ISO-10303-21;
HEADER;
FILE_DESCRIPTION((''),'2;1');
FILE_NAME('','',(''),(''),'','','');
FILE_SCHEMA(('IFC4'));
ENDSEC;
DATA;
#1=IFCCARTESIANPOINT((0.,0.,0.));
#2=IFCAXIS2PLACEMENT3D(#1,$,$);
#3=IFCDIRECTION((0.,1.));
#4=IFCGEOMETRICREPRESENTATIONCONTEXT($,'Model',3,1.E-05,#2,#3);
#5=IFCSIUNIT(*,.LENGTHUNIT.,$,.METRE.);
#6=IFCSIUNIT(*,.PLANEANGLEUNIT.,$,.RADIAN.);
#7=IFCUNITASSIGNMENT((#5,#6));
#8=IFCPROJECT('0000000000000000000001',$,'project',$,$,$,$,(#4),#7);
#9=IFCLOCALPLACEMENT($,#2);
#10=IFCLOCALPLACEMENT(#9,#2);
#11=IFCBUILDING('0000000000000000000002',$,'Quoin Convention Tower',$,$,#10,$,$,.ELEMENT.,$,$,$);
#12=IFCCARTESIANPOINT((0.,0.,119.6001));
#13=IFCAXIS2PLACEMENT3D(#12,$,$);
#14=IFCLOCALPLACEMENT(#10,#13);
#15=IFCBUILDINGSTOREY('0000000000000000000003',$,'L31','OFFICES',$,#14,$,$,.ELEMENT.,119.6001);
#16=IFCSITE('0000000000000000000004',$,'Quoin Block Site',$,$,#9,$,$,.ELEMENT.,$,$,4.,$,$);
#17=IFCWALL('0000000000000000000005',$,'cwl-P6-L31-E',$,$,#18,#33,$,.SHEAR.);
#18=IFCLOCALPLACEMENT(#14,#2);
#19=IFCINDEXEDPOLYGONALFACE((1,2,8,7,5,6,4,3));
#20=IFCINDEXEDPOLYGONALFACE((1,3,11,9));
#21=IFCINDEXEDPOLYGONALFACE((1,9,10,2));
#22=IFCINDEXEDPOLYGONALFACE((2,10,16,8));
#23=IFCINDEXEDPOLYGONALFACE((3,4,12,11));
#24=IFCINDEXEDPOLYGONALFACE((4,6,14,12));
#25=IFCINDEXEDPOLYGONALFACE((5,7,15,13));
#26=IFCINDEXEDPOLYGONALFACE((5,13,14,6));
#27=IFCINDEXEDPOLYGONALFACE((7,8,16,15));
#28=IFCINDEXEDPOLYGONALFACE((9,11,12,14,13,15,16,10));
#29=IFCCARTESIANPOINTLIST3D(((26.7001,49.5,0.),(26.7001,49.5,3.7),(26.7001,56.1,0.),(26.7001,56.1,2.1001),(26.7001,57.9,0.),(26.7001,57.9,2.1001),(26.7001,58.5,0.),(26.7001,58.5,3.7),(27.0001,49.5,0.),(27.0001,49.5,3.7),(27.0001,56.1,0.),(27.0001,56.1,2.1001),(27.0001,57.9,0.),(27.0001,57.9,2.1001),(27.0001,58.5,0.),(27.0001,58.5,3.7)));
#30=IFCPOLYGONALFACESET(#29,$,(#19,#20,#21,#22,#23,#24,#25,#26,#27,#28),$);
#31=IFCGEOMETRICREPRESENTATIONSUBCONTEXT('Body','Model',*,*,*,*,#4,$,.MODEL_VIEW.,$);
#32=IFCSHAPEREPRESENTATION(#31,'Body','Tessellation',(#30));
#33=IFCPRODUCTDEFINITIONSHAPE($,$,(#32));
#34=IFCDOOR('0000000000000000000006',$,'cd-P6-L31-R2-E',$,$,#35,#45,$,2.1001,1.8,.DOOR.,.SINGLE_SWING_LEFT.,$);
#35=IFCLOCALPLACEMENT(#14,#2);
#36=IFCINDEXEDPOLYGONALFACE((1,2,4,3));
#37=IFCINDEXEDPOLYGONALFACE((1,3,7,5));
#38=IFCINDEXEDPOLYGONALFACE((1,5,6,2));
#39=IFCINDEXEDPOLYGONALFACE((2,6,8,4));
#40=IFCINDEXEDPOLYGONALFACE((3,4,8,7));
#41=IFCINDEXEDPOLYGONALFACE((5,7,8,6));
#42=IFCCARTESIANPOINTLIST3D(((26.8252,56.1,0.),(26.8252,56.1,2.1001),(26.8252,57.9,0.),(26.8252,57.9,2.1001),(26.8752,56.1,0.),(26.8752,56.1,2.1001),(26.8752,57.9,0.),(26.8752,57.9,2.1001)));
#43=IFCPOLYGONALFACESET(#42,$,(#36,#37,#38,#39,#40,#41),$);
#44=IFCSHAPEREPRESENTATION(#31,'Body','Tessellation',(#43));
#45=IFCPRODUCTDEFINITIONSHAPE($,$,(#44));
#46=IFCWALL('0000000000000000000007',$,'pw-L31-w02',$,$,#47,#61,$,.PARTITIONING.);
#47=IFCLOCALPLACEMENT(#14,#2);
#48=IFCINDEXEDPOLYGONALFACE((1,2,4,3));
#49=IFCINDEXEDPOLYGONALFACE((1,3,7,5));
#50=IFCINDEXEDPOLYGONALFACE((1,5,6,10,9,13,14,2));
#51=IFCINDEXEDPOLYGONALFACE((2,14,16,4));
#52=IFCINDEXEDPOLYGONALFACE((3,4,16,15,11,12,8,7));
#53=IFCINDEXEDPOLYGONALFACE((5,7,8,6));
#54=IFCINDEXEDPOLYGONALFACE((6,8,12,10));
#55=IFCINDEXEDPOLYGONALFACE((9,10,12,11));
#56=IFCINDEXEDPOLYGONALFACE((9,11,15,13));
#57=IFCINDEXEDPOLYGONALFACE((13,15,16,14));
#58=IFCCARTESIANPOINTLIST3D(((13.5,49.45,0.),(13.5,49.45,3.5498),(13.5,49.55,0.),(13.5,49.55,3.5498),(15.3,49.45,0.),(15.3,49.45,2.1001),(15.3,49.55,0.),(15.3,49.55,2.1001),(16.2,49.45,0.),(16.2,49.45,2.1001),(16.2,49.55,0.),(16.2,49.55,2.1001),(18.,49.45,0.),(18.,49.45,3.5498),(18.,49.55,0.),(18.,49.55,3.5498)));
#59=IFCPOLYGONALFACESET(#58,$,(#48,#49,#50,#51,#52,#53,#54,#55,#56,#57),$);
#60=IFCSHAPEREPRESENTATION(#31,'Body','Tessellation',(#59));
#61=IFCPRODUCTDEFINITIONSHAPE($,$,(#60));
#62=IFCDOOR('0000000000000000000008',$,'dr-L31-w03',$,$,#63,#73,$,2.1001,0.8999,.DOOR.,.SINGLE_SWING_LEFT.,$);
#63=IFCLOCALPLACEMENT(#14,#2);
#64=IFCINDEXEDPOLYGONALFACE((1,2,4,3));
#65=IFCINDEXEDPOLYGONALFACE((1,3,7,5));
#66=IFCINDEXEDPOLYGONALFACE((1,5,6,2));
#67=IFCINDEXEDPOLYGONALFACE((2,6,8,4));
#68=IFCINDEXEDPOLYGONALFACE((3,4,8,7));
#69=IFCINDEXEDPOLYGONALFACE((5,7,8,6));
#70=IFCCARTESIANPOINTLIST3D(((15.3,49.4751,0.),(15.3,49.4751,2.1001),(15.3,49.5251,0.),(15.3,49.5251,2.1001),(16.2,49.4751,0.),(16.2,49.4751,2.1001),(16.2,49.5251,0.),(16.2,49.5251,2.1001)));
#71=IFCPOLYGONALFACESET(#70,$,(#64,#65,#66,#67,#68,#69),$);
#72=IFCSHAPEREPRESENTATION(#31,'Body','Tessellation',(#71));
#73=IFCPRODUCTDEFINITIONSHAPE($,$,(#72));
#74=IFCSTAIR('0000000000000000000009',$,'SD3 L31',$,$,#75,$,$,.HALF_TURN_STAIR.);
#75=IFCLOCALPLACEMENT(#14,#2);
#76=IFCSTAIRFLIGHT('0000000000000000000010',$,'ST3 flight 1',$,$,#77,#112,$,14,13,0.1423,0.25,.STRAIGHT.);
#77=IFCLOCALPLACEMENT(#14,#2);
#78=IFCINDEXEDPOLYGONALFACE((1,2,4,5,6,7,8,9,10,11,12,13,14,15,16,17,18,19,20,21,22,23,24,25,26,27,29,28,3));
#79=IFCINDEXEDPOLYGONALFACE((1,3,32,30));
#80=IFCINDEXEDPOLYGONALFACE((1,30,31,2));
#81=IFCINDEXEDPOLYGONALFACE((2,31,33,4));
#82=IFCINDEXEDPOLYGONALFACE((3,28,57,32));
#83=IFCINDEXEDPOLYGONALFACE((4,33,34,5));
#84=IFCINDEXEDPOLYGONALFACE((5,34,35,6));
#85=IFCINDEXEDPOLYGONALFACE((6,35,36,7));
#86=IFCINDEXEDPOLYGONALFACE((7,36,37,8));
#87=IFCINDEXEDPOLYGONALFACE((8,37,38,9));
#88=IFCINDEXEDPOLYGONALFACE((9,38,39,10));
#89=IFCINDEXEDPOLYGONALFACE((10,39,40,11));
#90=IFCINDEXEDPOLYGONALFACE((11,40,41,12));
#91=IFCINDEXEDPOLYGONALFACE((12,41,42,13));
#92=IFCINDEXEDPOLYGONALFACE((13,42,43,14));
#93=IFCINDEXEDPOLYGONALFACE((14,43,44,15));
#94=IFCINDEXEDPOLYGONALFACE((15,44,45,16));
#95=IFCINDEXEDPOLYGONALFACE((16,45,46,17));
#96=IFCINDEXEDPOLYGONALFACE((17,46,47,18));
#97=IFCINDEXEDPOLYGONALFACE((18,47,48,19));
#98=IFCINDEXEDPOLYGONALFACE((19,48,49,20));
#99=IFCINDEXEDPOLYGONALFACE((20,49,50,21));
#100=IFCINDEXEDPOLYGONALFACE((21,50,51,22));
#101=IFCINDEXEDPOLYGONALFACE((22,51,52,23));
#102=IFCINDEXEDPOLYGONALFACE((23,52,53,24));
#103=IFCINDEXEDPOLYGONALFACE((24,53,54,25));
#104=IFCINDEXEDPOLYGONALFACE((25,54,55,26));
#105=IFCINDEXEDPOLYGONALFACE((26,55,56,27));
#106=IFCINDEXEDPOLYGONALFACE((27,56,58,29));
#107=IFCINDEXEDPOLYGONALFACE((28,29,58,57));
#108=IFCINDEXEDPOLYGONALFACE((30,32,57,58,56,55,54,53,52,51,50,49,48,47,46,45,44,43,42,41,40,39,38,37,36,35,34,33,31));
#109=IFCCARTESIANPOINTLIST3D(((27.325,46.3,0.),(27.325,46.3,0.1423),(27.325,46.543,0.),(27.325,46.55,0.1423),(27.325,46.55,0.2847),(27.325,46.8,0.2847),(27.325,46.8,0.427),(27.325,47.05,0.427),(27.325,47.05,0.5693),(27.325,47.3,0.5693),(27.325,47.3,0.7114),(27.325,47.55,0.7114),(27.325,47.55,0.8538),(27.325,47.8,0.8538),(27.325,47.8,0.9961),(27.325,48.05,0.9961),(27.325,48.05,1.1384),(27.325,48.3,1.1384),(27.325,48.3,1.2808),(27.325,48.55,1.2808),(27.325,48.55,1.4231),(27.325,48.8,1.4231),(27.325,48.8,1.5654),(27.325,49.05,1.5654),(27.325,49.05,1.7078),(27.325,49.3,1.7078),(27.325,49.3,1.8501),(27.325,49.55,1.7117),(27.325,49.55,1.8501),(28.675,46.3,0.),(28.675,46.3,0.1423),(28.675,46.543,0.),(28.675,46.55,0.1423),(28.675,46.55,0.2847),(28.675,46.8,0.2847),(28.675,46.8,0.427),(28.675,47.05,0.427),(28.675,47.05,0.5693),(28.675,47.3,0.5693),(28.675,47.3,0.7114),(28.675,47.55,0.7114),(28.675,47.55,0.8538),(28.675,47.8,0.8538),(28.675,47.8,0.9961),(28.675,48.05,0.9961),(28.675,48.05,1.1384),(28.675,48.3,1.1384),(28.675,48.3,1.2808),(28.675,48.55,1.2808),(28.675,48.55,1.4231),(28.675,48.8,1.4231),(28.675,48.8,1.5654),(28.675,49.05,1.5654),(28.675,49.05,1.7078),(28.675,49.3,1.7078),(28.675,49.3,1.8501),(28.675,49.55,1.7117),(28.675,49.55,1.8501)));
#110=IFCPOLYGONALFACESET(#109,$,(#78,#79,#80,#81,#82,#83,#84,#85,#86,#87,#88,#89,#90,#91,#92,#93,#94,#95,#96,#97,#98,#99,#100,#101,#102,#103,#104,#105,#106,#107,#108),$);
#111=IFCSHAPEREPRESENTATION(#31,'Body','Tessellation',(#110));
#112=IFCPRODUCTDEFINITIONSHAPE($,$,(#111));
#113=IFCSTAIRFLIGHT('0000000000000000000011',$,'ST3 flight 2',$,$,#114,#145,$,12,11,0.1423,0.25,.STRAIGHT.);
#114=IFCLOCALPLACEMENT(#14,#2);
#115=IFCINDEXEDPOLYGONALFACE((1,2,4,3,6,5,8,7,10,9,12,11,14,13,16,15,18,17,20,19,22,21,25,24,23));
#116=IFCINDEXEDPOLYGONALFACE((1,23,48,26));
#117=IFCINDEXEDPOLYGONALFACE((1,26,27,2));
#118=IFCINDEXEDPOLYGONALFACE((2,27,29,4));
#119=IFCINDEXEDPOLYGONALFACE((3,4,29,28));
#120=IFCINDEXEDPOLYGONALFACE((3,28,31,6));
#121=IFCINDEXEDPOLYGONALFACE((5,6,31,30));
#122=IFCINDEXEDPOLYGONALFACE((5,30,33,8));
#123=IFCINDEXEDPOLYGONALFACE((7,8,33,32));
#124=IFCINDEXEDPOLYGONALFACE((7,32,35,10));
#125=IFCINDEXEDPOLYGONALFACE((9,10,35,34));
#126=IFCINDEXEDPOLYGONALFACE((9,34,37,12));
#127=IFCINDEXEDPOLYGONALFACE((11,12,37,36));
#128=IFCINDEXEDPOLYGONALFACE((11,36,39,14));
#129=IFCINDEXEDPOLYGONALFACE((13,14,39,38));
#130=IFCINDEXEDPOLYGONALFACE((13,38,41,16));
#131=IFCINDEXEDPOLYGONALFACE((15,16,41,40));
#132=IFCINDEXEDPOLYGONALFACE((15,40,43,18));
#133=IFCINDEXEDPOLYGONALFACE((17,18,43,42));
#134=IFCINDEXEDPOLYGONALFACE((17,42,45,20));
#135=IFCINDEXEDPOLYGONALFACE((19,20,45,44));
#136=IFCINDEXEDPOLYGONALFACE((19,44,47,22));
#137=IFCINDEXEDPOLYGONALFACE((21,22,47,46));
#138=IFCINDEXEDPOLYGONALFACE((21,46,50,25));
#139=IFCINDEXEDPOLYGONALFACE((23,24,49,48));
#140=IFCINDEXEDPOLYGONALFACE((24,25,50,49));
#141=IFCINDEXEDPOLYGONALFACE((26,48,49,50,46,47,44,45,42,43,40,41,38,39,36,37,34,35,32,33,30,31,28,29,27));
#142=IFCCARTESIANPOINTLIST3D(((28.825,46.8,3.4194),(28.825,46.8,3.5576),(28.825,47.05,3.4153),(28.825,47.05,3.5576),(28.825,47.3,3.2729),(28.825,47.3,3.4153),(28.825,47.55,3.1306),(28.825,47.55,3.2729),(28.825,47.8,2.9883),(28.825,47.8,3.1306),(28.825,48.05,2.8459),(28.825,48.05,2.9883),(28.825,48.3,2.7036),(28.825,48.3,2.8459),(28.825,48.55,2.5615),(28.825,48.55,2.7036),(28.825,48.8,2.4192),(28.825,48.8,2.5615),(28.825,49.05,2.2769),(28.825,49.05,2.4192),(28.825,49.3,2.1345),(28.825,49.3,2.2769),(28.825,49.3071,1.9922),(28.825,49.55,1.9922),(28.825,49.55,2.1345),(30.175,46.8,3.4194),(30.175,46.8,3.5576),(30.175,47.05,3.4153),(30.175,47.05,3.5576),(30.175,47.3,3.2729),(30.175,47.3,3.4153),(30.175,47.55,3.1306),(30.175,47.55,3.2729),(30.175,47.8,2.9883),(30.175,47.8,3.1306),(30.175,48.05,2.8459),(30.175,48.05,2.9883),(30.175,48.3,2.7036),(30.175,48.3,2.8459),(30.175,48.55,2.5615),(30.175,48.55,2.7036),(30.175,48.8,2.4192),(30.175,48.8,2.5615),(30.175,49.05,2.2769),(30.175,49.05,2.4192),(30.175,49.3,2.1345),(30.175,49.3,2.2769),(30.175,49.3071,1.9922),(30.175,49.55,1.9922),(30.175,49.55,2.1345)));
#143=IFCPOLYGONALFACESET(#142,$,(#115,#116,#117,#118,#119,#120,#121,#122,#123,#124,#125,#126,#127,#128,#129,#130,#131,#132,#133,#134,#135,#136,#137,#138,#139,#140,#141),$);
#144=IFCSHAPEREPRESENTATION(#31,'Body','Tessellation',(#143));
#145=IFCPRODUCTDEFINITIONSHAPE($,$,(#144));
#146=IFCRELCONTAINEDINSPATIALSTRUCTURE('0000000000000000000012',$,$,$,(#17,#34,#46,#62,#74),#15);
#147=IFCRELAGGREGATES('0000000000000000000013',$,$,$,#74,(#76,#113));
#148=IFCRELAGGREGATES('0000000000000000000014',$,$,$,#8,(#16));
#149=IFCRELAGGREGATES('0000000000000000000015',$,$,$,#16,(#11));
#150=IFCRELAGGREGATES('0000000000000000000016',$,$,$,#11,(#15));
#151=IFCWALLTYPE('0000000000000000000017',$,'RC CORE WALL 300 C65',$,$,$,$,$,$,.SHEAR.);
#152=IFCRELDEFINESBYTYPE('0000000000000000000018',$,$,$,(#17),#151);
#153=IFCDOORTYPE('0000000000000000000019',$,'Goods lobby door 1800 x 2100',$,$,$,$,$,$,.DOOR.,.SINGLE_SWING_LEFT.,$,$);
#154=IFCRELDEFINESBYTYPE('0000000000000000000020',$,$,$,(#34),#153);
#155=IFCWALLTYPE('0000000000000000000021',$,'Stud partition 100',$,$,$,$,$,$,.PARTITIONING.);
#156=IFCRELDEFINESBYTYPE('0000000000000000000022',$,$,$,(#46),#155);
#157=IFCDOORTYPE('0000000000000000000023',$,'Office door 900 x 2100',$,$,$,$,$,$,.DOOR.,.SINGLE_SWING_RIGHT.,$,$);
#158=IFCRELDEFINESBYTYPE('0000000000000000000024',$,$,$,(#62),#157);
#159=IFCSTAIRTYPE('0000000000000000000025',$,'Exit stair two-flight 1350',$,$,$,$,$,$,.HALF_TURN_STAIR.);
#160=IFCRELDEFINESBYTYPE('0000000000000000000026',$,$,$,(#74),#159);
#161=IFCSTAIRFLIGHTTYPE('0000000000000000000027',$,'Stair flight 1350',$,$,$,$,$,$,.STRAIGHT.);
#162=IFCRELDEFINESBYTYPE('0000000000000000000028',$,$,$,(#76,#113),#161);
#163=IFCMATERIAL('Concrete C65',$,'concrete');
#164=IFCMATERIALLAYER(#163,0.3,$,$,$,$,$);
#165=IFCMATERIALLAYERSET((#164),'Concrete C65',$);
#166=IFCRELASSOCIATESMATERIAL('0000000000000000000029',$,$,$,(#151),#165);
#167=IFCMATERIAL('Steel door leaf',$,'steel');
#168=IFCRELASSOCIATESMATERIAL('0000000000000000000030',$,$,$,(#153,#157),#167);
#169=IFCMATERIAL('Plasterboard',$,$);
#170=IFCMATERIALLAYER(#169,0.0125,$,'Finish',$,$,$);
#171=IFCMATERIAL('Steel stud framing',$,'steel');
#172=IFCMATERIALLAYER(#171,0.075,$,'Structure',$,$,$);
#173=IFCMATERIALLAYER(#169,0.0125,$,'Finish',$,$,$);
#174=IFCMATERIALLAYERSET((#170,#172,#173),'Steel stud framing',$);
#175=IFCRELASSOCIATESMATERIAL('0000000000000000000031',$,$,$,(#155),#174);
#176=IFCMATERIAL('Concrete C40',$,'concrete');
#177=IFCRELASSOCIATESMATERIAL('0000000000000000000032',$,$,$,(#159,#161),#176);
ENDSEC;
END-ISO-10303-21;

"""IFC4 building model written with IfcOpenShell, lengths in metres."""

from ifc_helpers import new_model, si_unit, direction, frame, frame_2d, origin, place, context, subcontext, project, spatial, polyline, rectangle, outline, extrude, material, layer, layer_set, type_object, element, fill, aggregate, save


model = new_model("IFC4")

# Units and contexts
model_context = context("Model", 3, precision=1e-05, world=origin(), true_north=direction((0.0, 1.0)))
body_context = subcontext(model_context, "Body", "Model", "MODEL_VIEW")
ifc_project = project(units=[si_unit("LENGTHUNIT", "METRE"), si_unit("PLANEANGLEUNIT", "RADIAN")], contexts=[model_context])

# Site, building, storey
site_placement = place(None, origin())
site = spatial("IfcSite", under=ifc_project, at=site_placement, Name="Quoin Block Site", CompositionType="ELEMENT", RefElevation=4.0)
building_placement = place(site_placement, origin())
building = spatial("IfcBuilding", under=site, at=building_placement, Name="Quoin Convention Tower", CompositionType="ELEMENT")
storey_placement = place(building_placement, frame((0.0, 0.0, 119.6001)))
storey = spatial("IfcBuildingStorey", under=building, at=storey_placement, Name="L31", Description="OFFICES", CompositionType="ELEMENT", Elevation=119.6001)

# Shared definitions
ifc_material_1 = material(Name="Concrete C65", Category="concrete")

# Shared definitions
ifc_material_2 = material(Name="Plasterboard")
ifc_material_3 = material(Name="Steel stud framing", Category="steel")

# Shared definitions
ifc_layer_1 = layer(ifc_material_1, 0.3)
ifc_layer_set_1 = layer_set([ifc_layer_1], Name="Concrete C65")
wall_type_1 = type_object("IfcWallType", Name="RC CORE WALL 300 C65", PredefinedType="SHEAR", material=ifc_layer_set_1)
ifc_material_4 = material(Name="Steel door leaf", Category="steel")

# Walls, openings, doors
wall_1_placement = place(storey_placement, frame((26.8501, 49.5, 0.0), z_axis=(0.0, 0.0, 1.0), x_axis=(0.0, 1.0, 0.0)))
wall_1 = element("IfcWall", 1, at=wall_1_placement, inside=storey, type_object=wall_type_1, Name="cwl-P6-L31-E", PredefinedType="SHEAR", context=body_context, shape_type="SweptSolid", body=[
    extrude(rectangle(XDim=9.0, YDim=0.3, at=frame_2d((4.5, 0.0))), origin(), (0.0, 0.0, 1.0), 3.7),
])
opening_1_placement = place(wall_1_placement, frame((6.6001, 0.0, 0.0)))
opening_1 = element("IfcOpeningElement", 2, at=opening_1_placement, cuts=wall_1, PredefinedType="OPENING", context=body_context, shape_type="SweptSolid", body=[
    extrude(rectangle(XDim=1.8, YDim=2.1001, at=frame_2d((0.8999, 1.05))), frame((0.0, 0.1599, 0.0), z_axis=(0.0, -1.0, 0.0), x_axis=(1.0, 0.0, 0.0)), (0.0, 0.0, 1.0), 0.3201),
])
door_type_1 = type_object("IfcDoorType", Name="Goods lobby door 1800 x 2100", OperationType="SINGLE_SWING_LEFT", PredefinedType="DOOR", material=ifc_material_4)
door_1_placement = place(opening_1_placement, origin())
door_1 = element("IfcDoor", 3, at=door_1_placement, inside=storey, type_object=door_type_1, Name="cd-P6-L31-R2-E", OperationType="SINGLE_SWING_LEFT", OverallHeight=2.1001, OverallWidth=1.8, PredefinedType="DOOR", context=body_context, shape_type="SweptSolid", body=[
    extrude(rectangle(XDim=1.8, YDim=2.1001, at=frame_2d((0.8999, 1.05))), frame((0.0, 0.0249, 0.0), z_axis=(0.0, -1.0, 0.0), x_axis=(1.0, 0.0, 0.0)), (0.0, 0.0, 1.0), 0.05),
])
fill(opening_1, door_1)
ifc_layer_2 = layer(ifc_material_2, 0.0125, Name="Finish")
ifc_layer_3 = layer(ifc_material_3, 0.075, Name="Structure")
ifc_layer_4 = layer(ifc_material_2, 0.0125, Name="Finish")
ifc_layer_set_2 = layer_set([ifc_layer_2, ifc_layer_3, ifc_layer_4], Name="Steel stud framing")
wall_type_2 = type_object("IfcWallType", Name="Stud partition 100", PredefinedType="PARTITIONING", material=ifc_layer_set_2)
wall_2_placement = place(storey_placement, frame((13.5, 49.5, 0.0), z_axis=(0.0, 0.0, 1.0), x_axis=(1.0, 0.0, 0.0)))
wall_2 = element("IfcWall", 4, at=wall_2_placement, inside=storey, type_object=wall_type_2, Name="pw-L31-w02", PredefinedType="PARTITIONING", context=body_context, shape_type="SweptSolid", body=[
    extrude(rectangle(XDim=4.5, YDim=0.1001, at=frame_2d((2.25, 0.0))), origin(), (0.0, 0.0, 1.0), 3.5498),
])
opening_2_placement = place(wall_2_placement, frame((1.8, 0.0, 0.0)))
opening_2 = element("IfcOpeningElement", 5, at=opening_2_placement, cuts=wall_2, PredefinedType="OPENING", context=body_context, shape_type="SweptSolid", body=[
    extrude(rectangle(XDim=0.8999, YDim=2.1001, at=frame_2d((0.45, 1.05))), frame((0.0, 0.0601, 0.0), z_axis=(0.0, -1.0, 0.0), x_axis=(1.0, 0.0, 0.0)), (0.0, 0.0, 1.0), 0.1201),
])
door_type_2 = type_object("IfcDoorType", Name="Office door 900 x 2100", OperationType="SINGLE_SWING_RIGHT", PredefinedType="DOOR", material=ifc_material_4)
door_2_placement = place(opening_2_placement, frame((0.8999, 0.0, 0.0), z_axis=(0.0, 0.0, 1.0), x_axis=(-1.0, 0.0, 0.0)))
door_2 = element("IfcDoor", 6, at=door_2_placement, inside=storey, type_object=door_type_2, Name="dr-L31-w03", OperationType="SINGLE_SWING_LEFT", OverallHeight=2.1001, OverallWidth=0.8999, PredefinedType="DOOR", context=body_context, shape_type="SweptSolid", body=[
    extrude(rectangle(XDim=0.8999, YDim=2.1001, at=frame_2d((0.45, 1.05))), frame((0.0, 0.0249, 0.0), z_axis=(0.0, -1.0, 0.0), x_axis=(1.0, 0.0, 0.0)), (0.0, 0.0, 1.0), 0.05),
])
fill(opening_2, door_2)

# Stair, stair flights
ifc_material_5 = material(Name="Concrete C40", Category="concrete")
stair_type_1 = type_object("IfcStairType", Name="Exit stair two-flight 1350", PredefinedType="HALF_TURN_STAIR", material=ifc_material_5)
stair_1_placement = place(storey_placement, origin())
stair_1 = element("IfcStair", 7, at=stair_1_placement, inside=storey, type_object=stair_type_1, Name="SD3 L31", PredefinedType="HALF_TURN_STAIR")
stair_flight_type_1 = type_object("IfcStairFlightType", Name="Stair flight 1350", PredefinedType="STRAIGHT", material=ifc_material_5)
stair_flight_1_placement = place(storey_placement, frame((28.0, 46.3, 0.0), z_axis=(0.0, 0.0, 1.0), x_axis=(0.0, 1.0, 0.0)))
stair_flight_1 = element("IfcStairFlight", 8, at=stair_flight_1_placement, type_object=stair_flight_type_1, Name="ST3 flight 1", NumberOfRisers=14, NumberOfTreads=13, PredefinedType="STRAIGHT", RiserHeight=0.1423, TreadLength=0.25, context=body_context, shape_type="SweptSolid", body=[
    extrude(outline(polyline([(0.0, 0.0), (0.0, 0.1423), (0.25, 0.1423), (0.25, 0.2847), (0.5, 0.2847), (0.5, 0.427), (0.75, 0.427), (0.75, 0.5693), (1.0, 0.5693), (1.0, 0.7114), (1.25, 0.7114), (1.25, 0.8538), (1.5, 0.8538), (1.5, 0.9961), (1.75, 0.9961), (1.75, 1.1384), (2.0, 1.1384), (2.0, 1.2808), (2.25, 1.2808), (2.25, 1.4231), (2.5, 1.4231), (2.5, 1.5654), (2.75, 1.5654), (2.75, 1.7078), (3.0, 1.7078), (3.0, 1.8501), (3.25, 1.8501), (3.25, 1.9922), (3.25, 1.7117), (0.2429, 0.0), (0.0, 0.0)])), frame((0.0, 0.675, 0.0), z_axis=(0.0, -1.0, 0.0), x_axis=(1.0, 0.0, 0.0)), (0.0, 0.0, 1.0), 1.3501),
])
stair_flight_2_placement = place(storey_placement, frame((29.5, 49.55, 1.9922), z_axis=(0.0, 0.0, 1.0), x_axis=(0.0, -1.0, 0.0)))
stair_flight_2 = element("IfcStairFlight", 9, at=stair_flight_2_placement, type_object=stair_flight_type_1, Name="ST3 flight 2", NumberOfRisers=12, NumberOfTreads=11, PredefinedType="STRAIGHT", RiserHeight=0.1423, TreadLength=0.25, context=body_context, shape_type="SweptSolid", body=[
    extrude(outline(polyline([(0.0, 0.0), (0.0, 0.1423), (0.25, 0.1423), (0.25, 0.2847), (0.5, 0.2847), (0.5, 0.427), (0.75, 0.427), (0.75, 0.5693), (1.0, 0.5693), (1.0, 0.7114), (1.25, 0.7114), (1.25, 0.8538), (1.5, 0.8538), (1.5, 0.9961), (1.75, 0.9961), (1.75, 1.1384), (2.0, 1.1384), (2.0, 1.2808), (2.25, 1.2808), (2.25, 1.4231), (2.5, 1.4231), (2.5, 1.5654), (2.75, 1.5654), (2.75, 1.7078), (2.75, 1.4272), (0.2429, 0.0), (0.0, 0.0)])), frame((0.0, 0.675, 0.0), z_axis=(0.0, -1.0, 0.0), x_axis=(1.0, 0.0, 0.0)), (0.0, 0.0, 1.0), 1.3501),
])
aggregate(stair_1, [stair_flight_1, stair_flight_2])

save(model, "model.ifc")
